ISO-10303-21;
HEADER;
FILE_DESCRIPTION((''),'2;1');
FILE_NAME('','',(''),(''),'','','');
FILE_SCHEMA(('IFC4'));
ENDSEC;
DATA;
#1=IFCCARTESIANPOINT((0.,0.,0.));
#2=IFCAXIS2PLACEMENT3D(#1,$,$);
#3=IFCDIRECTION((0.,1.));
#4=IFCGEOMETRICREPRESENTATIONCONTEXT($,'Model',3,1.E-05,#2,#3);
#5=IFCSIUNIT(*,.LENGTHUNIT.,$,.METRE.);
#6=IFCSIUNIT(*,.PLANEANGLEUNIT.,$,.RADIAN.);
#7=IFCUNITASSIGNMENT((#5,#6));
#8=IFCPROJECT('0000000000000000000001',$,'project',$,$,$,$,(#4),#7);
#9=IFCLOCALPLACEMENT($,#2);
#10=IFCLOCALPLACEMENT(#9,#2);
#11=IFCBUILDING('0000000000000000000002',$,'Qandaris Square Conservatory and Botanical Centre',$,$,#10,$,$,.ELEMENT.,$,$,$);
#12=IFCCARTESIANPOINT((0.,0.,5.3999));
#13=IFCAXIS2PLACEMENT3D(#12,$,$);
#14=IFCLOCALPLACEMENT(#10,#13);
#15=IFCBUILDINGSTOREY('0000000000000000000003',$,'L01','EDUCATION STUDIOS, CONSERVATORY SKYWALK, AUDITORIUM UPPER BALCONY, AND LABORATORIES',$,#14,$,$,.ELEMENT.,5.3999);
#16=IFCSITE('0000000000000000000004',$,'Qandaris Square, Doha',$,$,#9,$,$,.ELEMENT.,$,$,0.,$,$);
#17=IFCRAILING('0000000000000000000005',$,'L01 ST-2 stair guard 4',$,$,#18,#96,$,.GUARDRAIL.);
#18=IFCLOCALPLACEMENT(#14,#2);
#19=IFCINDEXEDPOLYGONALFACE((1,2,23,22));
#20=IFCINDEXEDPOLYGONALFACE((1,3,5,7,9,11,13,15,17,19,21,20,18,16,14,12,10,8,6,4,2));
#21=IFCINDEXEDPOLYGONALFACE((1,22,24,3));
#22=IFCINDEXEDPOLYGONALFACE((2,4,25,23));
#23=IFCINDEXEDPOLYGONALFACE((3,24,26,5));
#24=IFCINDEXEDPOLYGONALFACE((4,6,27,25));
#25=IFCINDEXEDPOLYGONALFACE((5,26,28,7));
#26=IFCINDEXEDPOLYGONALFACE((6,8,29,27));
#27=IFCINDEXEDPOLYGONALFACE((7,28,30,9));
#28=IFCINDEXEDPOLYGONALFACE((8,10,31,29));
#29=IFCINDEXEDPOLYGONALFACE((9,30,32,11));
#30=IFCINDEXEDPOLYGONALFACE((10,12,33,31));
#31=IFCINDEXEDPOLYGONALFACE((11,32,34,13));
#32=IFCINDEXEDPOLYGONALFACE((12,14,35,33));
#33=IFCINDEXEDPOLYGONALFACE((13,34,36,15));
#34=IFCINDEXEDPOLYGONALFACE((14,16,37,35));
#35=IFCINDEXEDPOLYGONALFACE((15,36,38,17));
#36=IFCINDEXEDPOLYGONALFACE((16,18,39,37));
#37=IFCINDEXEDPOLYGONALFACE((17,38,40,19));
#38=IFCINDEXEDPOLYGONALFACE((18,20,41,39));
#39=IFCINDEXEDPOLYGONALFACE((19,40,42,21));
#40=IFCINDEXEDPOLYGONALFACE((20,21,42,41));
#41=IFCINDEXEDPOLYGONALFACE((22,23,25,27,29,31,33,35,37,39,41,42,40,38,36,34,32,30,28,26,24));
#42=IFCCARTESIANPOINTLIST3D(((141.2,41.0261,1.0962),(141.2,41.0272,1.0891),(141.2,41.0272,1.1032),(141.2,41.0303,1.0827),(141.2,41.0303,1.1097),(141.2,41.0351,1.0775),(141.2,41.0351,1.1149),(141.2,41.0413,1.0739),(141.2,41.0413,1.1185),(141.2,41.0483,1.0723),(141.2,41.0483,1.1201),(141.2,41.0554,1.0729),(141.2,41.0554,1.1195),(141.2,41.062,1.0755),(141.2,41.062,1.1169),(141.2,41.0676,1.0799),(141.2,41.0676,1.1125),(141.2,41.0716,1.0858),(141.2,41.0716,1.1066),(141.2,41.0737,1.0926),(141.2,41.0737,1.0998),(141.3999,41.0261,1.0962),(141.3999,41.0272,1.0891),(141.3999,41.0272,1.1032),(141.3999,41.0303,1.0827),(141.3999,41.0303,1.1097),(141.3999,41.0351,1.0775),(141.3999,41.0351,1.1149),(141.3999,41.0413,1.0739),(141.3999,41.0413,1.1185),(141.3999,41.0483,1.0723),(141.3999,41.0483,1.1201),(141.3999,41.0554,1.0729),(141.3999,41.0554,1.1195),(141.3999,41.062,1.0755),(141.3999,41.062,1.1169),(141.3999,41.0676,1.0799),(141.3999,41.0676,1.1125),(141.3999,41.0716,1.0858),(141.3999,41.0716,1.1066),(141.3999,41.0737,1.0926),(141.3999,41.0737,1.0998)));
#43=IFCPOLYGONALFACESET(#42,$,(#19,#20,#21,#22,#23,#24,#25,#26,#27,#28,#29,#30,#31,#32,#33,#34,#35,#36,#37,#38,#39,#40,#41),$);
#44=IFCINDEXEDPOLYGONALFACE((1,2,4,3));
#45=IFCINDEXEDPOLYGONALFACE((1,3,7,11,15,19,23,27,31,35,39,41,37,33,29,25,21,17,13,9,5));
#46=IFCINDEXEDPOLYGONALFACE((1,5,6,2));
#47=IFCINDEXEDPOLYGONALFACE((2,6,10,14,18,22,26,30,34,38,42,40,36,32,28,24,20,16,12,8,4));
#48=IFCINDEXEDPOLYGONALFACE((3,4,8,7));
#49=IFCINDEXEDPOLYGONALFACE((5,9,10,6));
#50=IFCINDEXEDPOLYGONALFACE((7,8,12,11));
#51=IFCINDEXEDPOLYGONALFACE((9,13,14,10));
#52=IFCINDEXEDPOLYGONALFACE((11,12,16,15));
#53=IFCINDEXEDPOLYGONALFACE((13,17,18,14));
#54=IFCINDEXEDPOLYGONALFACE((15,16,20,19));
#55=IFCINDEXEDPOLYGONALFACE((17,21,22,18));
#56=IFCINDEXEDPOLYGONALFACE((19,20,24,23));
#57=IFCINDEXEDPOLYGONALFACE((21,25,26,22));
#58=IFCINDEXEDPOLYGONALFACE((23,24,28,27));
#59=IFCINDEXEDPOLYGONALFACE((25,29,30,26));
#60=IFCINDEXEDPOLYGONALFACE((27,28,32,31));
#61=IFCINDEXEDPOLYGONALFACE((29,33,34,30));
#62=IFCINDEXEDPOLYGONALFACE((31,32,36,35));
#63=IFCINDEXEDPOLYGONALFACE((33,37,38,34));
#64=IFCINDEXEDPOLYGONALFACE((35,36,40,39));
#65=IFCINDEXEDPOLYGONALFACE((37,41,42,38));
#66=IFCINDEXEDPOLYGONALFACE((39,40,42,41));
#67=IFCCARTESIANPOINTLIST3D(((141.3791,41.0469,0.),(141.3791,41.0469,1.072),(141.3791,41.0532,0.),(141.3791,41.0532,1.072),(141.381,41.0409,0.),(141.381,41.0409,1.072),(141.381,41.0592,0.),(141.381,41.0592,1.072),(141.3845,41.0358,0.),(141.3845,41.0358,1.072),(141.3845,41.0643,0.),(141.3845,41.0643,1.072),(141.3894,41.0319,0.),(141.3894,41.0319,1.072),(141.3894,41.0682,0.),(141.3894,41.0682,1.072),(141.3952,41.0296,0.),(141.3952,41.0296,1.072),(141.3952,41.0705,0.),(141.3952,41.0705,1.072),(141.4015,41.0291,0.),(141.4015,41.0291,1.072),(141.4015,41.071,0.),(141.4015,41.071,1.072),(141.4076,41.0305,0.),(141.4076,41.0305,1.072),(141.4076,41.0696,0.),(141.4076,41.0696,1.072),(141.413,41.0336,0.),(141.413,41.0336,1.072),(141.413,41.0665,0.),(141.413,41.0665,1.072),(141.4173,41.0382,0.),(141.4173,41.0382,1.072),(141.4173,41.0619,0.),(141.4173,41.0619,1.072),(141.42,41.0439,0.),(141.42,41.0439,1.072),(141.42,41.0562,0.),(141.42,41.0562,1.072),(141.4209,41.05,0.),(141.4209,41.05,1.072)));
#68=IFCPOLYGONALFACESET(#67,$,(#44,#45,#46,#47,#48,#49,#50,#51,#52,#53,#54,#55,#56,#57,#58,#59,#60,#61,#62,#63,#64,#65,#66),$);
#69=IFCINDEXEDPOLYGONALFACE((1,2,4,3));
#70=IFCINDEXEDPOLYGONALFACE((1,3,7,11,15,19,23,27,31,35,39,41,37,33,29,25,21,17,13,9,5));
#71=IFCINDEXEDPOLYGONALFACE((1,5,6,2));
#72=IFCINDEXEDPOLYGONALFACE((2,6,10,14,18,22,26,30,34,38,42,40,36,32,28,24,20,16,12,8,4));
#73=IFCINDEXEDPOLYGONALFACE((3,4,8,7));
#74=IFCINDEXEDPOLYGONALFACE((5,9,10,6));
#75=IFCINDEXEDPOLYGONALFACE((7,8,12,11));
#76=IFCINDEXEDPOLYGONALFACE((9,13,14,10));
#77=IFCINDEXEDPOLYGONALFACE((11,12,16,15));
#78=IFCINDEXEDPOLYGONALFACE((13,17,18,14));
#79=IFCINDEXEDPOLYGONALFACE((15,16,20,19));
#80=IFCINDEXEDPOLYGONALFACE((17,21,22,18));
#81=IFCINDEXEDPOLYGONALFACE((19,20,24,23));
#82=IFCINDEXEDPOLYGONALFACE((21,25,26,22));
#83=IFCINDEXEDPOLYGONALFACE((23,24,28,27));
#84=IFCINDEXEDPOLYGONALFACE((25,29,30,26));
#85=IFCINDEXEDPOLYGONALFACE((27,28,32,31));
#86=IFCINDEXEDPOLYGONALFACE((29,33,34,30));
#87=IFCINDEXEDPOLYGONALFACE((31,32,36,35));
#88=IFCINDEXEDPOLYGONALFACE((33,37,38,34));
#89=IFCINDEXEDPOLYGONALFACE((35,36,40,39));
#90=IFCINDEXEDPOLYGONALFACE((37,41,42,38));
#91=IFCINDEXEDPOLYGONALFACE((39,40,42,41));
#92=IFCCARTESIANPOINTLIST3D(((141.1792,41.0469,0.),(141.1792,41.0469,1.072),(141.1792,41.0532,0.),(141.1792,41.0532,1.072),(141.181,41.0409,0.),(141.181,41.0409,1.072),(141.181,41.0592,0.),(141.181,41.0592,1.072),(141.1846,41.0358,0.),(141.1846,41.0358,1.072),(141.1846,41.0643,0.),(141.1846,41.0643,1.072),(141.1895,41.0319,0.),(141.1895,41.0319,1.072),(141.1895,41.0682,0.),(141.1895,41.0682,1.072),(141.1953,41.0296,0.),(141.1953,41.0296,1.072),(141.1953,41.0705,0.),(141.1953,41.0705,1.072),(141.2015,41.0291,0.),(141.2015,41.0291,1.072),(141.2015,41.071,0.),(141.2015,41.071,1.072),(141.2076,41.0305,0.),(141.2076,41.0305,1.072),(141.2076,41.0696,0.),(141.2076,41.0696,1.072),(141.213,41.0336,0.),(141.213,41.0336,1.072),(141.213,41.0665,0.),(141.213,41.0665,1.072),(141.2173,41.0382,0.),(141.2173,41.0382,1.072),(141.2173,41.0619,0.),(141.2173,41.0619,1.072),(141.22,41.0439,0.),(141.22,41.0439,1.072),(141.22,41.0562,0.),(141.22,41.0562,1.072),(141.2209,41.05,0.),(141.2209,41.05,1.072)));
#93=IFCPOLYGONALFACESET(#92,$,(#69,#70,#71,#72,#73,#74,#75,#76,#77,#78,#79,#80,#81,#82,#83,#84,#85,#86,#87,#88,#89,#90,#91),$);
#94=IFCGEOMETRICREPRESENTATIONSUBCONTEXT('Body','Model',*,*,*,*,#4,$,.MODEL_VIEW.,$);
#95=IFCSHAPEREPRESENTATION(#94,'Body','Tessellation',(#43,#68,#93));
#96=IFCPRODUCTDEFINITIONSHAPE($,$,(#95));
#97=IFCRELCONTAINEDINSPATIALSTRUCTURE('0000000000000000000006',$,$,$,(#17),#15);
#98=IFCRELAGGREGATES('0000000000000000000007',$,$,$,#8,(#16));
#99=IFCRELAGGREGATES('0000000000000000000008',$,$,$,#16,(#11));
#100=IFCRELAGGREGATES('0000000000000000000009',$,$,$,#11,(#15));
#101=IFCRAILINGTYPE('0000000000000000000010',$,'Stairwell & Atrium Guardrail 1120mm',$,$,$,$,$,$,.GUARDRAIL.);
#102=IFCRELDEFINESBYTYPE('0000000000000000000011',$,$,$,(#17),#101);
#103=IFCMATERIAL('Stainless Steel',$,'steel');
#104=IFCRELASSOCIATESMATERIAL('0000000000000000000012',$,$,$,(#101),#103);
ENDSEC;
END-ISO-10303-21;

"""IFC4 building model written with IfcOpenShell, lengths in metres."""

from ifc_helpers import new_model, si_unit, direction, frame, origin, origin_2d, place, context, subcontext, project, spatial, circle, extrude, material, type_object, element, save


model = new_model("IFC4")

# Units and contexts
model_context = context("Model", 3, precision=1e-05, world=origin(), true_north=direction((0.0, 1.0)))
body_context = subcontext(model_context, "Body", "Model", "MODEL_VIEW")
ifc_project = project(units=[si_unit("LENGTHUNIT", "METRE"), si_unit("PLANEANGLEUNIT", "RADIAN")], contexts=[model_context])

# Site, building, storey
site_placement = place(None, origin())
site = spatial("IfcSite", under=ifc_project, at=site_placement, Name="Qandaris Square, Doha", CompositionType="ELEMENT", RefElevation=0.0)
building_placement = place(site_placement, origin())
building = spatial("IfcBuilding", under=site, at=building_placement, Name="Qandaris Square Conservatory and Botanical Centre", CompositionType="ELEMENT")
storey_placement = place(building_placement, frame((0.0, 0.0, 5.3999)))
storey = spatial("IfcBuildingStorey", under=building, at=storey_placement, Name="L01", Description="EDUCATION STUDIOS, CONSERVATORY SKYWALK, AUDITORIUM UPPER BALCONY, AND LABORATORIES", CompositionType="ELEMENT", Elevation=5.3999)

# Railing
ifc_material_1 = material(Name="Stainless Steel", Category="steel")
railing_type_1 = type_object("IfcRailingType", Name="Stairwell & Atrium Guardrail 1120mm", PredefinedType="GUARDRAIL", material=ifc_material_1)
railing_1_placement = place(storey_placement, frame((141.3999, 41.05, 0.0)))
element("IfcRailing", 1, at=railing_1_placement, inside=storey, type_object=railing_type_1, Name="L01 ST-2 stair guard 4", PredefinedType="GUARDRAIL", context=body_context, shape_type="SweptSolid", body=[
    extrude(circle(Radius=0.0239, at=origin_2d()), frame((0.0, 0.0, 1.0962), z_axis=(-1.0, 0.0, 0.0), x_axis=(0.0, -1.0, 0.0)), (0.0, 0.0, 1.0), 0.2),
    extrude(circle(Radius=0.021, at=origin_2d()), origin(), (0.0, 0.0, 1.0), 1.072),
    extrude(circle(Radius=0.021, at=origin_2d()), frame((-0.2, 0.0, 0.0)), (0.0, 0.0, 1.0), 1.072),
])

save(model, "model.ifc")
